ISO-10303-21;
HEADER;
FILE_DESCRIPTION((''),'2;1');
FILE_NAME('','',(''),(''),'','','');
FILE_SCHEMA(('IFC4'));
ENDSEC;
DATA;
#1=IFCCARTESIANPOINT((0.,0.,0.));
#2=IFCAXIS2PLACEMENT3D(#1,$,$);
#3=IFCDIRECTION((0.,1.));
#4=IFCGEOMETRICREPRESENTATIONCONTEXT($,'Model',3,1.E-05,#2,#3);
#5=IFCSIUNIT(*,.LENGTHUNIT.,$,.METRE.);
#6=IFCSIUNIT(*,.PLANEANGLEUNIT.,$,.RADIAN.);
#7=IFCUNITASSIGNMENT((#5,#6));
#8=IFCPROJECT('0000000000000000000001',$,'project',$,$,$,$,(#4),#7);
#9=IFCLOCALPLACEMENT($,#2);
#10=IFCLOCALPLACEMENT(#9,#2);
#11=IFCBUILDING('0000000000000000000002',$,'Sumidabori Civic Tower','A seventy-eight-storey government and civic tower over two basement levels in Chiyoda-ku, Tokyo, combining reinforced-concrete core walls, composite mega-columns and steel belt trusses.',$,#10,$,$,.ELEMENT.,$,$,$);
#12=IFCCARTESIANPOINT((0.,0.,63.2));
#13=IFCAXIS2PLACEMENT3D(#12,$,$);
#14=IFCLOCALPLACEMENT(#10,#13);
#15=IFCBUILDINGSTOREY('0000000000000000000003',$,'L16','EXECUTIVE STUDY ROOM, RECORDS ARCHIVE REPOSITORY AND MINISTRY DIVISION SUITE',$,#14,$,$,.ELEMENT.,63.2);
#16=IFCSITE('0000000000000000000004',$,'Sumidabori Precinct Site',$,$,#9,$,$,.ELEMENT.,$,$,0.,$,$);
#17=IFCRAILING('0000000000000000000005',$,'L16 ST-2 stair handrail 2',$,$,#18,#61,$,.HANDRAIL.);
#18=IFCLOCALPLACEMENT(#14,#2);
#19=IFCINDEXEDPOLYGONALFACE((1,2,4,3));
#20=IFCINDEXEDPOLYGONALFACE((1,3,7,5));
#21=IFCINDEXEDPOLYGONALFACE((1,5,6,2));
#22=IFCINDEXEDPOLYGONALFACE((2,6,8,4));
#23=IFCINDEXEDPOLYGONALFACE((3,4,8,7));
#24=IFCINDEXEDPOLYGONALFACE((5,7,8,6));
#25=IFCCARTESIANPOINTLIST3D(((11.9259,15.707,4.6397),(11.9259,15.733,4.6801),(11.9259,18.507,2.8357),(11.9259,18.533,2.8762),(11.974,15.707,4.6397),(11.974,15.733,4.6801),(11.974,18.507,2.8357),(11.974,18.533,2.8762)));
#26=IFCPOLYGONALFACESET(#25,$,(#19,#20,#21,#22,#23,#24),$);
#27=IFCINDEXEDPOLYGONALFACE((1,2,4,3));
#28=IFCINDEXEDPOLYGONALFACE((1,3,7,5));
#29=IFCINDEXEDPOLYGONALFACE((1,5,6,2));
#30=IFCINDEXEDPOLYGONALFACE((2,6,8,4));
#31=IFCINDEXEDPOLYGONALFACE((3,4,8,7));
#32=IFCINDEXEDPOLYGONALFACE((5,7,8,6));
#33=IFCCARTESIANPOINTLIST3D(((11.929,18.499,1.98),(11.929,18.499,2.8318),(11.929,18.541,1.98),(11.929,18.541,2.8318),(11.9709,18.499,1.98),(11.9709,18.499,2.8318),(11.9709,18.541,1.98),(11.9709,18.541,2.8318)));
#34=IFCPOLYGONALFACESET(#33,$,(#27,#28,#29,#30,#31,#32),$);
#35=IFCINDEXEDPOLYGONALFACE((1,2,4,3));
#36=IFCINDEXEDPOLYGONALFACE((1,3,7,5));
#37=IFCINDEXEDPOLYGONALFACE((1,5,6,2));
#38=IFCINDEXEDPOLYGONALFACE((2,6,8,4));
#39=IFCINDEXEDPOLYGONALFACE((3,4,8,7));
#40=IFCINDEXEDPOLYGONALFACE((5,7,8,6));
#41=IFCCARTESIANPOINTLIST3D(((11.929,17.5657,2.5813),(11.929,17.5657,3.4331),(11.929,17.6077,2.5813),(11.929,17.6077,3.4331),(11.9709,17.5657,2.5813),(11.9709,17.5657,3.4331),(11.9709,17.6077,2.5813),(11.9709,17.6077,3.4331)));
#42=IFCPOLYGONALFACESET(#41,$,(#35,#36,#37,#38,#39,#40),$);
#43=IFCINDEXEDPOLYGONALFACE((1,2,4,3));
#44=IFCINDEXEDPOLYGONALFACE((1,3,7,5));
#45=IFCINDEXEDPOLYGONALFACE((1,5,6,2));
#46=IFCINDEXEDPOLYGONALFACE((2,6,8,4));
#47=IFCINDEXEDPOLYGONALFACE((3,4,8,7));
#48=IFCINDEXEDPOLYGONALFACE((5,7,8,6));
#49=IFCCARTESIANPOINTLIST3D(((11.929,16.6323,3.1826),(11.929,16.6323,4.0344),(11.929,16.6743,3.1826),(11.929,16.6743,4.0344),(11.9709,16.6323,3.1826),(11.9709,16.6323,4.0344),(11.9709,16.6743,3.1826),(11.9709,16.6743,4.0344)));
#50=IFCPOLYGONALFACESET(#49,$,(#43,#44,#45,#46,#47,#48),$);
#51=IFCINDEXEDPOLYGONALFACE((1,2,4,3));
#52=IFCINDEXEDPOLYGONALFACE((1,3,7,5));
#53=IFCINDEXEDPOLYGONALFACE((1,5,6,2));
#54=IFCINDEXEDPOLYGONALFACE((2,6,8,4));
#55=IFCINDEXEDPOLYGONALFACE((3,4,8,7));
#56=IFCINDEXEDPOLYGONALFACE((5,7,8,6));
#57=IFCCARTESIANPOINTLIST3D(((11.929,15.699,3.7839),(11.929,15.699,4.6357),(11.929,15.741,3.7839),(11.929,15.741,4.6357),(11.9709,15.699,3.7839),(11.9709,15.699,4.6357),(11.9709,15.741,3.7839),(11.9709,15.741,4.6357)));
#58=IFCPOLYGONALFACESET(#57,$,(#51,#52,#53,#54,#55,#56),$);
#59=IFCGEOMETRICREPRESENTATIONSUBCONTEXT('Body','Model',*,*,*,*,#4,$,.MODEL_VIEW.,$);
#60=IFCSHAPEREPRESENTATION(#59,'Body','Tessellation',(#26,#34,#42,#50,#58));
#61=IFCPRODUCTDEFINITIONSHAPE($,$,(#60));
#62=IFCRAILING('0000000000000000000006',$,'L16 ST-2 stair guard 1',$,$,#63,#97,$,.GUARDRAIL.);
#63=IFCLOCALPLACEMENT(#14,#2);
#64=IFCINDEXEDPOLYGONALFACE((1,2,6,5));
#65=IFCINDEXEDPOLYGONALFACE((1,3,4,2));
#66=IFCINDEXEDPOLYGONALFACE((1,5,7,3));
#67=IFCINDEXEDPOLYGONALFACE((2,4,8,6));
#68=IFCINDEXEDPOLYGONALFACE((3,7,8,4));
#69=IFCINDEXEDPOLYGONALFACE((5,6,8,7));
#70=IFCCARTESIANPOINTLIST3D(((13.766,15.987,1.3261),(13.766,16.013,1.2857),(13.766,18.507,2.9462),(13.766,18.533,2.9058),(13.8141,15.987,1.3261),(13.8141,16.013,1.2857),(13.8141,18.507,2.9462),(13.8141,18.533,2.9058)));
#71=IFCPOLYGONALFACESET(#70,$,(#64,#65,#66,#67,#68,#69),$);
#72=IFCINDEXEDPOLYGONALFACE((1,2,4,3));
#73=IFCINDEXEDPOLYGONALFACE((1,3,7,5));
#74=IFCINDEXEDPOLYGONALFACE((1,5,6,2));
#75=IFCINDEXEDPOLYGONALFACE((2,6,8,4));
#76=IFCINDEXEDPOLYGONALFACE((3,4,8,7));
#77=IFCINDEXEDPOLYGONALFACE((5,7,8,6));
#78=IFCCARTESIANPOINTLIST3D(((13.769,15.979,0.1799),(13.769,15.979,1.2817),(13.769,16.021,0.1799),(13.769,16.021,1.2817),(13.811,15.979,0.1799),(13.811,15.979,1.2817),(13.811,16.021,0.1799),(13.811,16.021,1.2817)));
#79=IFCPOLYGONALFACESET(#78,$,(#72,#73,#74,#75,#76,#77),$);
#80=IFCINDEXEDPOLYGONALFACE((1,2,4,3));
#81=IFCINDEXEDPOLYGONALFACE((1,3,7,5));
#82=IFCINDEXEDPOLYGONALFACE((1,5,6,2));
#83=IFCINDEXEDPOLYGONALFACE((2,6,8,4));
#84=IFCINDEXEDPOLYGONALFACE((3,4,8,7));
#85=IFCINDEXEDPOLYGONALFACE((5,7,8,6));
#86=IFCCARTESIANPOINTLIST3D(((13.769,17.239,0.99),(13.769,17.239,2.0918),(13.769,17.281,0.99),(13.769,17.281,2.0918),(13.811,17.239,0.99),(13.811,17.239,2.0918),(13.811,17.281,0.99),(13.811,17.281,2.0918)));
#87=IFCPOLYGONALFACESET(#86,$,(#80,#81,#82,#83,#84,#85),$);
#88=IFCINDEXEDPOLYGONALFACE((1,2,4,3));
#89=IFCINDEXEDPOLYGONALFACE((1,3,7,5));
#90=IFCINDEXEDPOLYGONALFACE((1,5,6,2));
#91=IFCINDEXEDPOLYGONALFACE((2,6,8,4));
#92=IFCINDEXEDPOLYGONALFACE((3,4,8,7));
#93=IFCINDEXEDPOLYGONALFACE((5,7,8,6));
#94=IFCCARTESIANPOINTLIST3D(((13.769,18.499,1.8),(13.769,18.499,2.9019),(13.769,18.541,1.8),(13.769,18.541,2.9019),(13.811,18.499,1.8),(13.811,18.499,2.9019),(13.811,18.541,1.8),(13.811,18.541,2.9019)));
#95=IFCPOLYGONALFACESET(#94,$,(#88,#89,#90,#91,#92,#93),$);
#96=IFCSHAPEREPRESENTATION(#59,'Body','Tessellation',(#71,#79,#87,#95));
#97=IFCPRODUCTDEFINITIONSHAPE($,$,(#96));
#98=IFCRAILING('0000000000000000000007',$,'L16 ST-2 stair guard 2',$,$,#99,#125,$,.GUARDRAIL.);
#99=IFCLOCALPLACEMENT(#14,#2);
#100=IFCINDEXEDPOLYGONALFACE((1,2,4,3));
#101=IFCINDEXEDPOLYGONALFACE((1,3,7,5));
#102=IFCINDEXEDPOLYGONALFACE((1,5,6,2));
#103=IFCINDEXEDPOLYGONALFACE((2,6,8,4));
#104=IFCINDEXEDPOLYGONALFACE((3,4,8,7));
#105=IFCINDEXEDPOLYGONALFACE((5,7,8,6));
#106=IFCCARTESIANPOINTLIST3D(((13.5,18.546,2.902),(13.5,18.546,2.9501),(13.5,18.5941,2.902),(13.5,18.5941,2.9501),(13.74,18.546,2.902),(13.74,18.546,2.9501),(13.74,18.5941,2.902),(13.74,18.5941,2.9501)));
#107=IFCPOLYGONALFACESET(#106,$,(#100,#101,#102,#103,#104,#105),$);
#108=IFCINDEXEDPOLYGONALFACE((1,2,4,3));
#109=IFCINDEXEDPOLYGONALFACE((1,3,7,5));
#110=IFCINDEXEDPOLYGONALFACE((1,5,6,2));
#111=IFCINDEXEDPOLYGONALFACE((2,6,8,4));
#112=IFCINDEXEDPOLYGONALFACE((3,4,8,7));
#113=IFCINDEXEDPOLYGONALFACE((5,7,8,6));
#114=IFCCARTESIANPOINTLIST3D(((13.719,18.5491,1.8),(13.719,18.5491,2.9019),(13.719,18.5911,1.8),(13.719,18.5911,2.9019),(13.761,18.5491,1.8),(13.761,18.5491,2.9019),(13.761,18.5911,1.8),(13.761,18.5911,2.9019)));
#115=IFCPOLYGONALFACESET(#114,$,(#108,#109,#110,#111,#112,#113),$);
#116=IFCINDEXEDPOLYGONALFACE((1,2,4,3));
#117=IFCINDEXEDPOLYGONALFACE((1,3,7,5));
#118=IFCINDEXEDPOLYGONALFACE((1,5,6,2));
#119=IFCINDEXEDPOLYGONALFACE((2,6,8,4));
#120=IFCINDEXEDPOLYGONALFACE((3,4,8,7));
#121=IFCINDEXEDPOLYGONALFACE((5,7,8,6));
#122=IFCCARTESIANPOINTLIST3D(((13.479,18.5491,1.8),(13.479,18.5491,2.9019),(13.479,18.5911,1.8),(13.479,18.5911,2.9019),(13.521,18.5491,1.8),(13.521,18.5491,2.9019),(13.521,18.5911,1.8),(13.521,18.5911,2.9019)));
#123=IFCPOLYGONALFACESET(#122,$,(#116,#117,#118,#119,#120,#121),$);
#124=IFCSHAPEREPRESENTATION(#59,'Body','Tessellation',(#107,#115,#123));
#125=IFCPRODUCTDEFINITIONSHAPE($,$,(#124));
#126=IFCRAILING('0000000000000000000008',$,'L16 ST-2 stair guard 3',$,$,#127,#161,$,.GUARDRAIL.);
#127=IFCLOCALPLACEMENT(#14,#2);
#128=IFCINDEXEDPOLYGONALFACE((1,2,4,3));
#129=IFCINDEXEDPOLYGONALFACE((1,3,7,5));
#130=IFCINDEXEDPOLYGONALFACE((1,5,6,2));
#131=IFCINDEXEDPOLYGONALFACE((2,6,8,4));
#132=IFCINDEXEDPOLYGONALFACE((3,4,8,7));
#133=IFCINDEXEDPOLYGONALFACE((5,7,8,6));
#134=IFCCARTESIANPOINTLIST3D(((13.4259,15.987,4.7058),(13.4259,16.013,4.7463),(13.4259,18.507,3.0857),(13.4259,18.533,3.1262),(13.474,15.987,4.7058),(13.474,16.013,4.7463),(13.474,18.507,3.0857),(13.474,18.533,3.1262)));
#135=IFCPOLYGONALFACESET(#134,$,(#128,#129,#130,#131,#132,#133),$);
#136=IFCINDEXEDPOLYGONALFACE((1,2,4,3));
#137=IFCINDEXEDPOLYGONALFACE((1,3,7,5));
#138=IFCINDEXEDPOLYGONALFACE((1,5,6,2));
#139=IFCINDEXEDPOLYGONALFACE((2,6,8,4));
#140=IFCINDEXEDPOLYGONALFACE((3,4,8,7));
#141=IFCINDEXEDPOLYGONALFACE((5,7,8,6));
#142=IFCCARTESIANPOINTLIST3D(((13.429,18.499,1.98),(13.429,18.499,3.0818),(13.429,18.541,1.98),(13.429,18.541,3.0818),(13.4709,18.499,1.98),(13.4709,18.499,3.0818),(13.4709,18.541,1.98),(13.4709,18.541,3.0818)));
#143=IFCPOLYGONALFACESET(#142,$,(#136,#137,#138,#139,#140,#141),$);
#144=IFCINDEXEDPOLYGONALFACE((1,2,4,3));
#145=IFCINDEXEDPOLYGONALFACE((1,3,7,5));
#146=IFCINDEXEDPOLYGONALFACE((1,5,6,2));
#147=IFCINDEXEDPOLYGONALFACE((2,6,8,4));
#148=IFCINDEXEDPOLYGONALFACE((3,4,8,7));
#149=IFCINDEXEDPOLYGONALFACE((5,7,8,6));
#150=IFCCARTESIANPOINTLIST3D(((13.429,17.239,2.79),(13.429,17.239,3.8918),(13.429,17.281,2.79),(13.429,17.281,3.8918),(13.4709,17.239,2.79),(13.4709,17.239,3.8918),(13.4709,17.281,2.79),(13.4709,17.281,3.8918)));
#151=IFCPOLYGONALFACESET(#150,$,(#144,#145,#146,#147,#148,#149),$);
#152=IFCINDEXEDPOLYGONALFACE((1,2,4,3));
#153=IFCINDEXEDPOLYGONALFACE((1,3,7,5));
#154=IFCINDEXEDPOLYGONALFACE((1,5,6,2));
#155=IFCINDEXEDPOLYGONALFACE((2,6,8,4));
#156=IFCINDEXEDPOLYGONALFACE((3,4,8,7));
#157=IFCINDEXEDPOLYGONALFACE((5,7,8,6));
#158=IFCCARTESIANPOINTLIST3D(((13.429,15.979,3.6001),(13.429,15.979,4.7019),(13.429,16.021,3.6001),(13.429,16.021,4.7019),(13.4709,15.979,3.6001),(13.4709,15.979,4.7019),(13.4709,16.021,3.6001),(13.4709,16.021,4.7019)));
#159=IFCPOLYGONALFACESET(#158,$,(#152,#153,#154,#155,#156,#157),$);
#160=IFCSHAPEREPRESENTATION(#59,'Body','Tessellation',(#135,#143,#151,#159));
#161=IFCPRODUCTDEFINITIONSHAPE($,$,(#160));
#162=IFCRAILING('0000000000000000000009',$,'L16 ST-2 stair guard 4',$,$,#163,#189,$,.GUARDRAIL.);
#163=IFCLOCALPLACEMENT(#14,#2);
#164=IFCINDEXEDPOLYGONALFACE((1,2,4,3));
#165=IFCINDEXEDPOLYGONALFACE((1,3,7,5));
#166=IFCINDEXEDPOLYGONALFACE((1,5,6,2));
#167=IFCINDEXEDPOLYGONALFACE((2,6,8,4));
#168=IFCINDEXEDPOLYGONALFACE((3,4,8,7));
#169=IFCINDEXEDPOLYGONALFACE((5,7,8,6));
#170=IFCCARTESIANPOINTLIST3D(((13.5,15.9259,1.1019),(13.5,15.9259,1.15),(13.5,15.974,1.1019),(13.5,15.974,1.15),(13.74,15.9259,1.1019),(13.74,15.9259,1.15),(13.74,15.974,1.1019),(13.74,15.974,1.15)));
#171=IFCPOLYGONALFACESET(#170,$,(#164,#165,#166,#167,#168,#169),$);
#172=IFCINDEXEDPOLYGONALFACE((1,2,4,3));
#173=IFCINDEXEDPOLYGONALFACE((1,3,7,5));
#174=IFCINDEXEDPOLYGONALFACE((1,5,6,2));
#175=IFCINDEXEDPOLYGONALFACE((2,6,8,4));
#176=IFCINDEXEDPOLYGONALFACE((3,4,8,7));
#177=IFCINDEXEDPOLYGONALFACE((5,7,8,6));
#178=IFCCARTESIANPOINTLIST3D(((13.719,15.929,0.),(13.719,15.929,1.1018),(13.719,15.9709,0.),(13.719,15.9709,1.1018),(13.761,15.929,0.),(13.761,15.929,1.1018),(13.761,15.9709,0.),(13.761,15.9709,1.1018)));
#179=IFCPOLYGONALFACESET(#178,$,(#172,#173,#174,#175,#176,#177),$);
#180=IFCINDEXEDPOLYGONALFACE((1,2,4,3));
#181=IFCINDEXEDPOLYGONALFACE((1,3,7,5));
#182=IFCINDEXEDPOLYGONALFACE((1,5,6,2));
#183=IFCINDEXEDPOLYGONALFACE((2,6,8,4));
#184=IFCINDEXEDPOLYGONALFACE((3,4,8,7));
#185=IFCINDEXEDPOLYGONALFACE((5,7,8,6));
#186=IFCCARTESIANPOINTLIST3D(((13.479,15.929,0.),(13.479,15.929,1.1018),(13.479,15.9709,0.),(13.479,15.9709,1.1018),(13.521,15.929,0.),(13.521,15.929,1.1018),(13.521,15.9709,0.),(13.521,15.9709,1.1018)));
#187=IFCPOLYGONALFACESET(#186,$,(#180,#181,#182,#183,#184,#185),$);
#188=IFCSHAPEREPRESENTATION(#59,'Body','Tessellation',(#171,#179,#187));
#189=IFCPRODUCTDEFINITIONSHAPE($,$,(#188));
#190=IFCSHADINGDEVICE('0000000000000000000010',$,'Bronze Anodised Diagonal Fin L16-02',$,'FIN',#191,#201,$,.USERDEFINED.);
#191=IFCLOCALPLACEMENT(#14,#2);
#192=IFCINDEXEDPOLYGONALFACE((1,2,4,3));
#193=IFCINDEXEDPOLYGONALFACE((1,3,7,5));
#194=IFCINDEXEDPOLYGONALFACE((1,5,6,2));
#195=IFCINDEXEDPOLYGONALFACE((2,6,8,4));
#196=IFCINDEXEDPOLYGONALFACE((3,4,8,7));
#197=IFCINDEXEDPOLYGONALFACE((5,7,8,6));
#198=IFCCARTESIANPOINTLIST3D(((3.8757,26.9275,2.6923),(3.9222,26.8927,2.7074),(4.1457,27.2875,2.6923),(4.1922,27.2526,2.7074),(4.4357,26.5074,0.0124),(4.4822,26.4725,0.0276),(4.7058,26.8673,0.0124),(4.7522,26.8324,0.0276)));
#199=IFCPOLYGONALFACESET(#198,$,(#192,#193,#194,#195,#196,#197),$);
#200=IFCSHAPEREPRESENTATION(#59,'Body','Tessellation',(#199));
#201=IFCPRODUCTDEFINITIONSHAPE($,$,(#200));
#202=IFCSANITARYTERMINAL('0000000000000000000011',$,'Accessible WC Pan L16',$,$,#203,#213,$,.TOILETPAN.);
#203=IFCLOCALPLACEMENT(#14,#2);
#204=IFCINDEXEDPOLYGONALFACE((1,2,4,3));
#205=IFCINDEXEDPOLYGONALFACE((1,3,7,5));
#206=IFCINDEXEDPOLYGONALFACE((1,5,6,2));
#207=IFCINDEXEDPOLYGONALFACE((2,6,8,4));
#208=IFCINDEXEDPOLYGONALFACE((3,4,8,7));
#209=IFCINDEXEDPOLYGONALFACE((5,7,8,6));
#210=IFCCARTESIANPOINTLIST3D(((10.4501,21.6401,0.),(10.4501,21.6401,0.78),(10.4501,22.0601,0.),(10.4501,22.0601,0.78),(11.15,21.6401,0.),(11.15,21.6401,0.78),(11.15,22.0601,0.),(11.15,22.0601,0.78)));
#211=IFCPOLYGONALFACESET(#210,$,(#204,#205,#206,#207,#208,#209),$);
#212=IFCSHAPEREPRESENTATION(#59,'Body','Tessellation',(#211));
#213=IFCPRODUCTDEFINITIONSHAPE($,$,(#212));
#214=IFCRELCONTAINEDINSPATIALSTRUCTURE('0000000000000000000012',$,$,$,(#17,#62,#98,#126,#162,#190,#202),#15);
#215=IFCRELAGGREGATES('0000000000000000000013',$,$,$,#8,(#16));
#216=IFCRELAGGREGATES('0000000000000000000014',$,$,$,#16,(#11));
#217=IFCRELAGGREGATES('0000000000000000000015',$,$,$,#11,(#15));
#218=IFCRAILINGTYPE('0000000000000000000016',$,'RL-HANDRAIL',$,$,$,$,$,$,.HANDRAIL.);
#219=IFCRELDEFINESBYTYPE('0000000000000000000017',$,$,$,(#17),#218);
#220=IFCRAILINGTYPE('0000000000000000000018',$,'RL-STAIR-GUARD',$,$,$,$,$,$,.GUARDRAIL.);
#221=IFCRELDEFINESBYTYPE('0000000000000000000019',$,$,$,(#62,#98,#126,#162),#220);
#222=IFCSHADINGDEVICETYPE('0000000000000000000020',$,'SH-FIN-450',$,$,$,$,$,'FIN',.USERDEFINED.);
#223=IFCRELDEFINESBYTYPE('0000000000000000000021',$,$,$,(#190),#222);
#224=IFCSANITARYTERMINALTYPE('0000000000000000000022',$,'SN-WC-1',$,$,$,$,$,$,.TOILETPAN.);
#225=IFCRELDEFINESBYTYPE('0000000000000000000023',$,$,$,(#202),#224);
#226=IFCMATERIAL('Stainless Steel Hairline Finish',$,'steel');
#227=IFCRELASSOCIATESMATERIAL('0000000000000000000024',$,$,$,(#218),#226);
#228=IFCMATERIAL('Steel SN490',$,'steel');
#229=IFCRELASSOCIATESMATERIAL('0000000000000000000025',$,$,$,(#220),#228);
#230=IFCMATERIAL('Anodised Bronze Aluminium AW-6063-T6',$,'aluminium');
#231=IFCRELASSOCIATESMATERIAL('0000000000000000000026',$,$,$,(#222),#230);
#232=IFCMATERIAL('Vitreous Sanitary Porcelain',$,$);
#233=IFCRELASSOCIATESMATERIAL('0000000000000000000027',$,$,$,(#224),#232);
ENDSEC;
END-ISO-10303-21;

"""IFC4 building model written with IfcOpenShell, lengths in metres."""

from ifc_helpers import new_model, si_unit, direction, frame, origin, origin_2d, place, context, subcontext, project, spatial, rectangle, extrude, source, transform, mapped, material, material_profile, profile_set, type_object, element, save


model = new_model("IFC4")

# Units and contexts
model_context = context("Model", 3, precision=1e-05, world=origin(), true_north=direction((0.0, 1.0)))
body_context = subcontext(model_context, "Body", "Model", "MODEL_VIEW")
ifc_project = project(units=[si_unit("LENGTHUNIT", "METRE"), si_unit("PLANEANGLEUNIT", "RADIAN")], contexts=[model_context])

# Site, building, storey
site_placement = place(None, origin())
site = spatial("IfcSite", under=ifc_project, at=site_placement, Name="Sumidabori Precinct Site", CompositionType="ELEMENT", RefElevation=0.0)
building_placement = place(site_placement, origin())
building = spatial("IfcBuilding", under=site, at=building_placement, Name="Sumidabori Civic Tower", Description="A seventy-eight-storey government and civic tower over two basement levels in Chiyoda-ku, Tokyo, combining reinforced-concrete core walls, composite mega-columns and steel belt trusses.", CompositionType="ELEMENT")
storey_placement = place(building_placement, frame((0.0, 0.0, 63.2)))
storey = spatial("IfcBuildingStorey", under=building, at=storey_placement, Name="L16", Description="EXECUTIVE STUDY ROOM, RECORDS ARCHIVE REPOSITORY AND MINISTRY DIVISION SUITE", CompositionType="ELEMENT", Elevation=63.2)

# Shared definitions
ifc_material_1 = material(Name="Steel SN490", Category="steel")

# Shared definitions
ifc_material_2 = material(Name="Anodised Bronze Aluminium AW-6063-T6", Category="aluminium")

# Railings
ifc_material_3 = material(Name="Stainless Steel Hairline Finish", Category="steel")
railing_type_1 = type_object("IfcRailingType", Name="RL-HANDRAIL", PredefinedType="HANDRAIL", material=ifc_material_3)
railing_1_placement = place(storey_placement, frame((11.95, 18.52, 1.98)))
element("IfcRailing", 1, at=railing_1_placement, inside=storey, type_object=railing_type_1, Name="L16 ST-2 stair handrail 2", PredefinedType="HANDRAIL", context=body_context, shape_type="SweptSolid", body=[
    extrude(rectangle(XDim=0.0481, YDim=0.0481, at=origin_2d()), frame((0.0, 0.0, 0.876), z_axis=(0.0, -0.840642, 0.541591), x_axis=(1.0, 0.0, 0.0)), (0.0, 0.0, 1.0), 3.3308),
    extrude(rectangle(XDim=0.042, YDim=0.042, at=origin_2d()), origin(), (0.0, 0.0, 1.0), 0.8518),
    extrude(rectangle(XDim=0.042, YDim=0.042, at=origin_2d()), frame((0.0, -0.9333, 0.6013)), (0.0, 0.0, 1.0), 0.8518),
    extrude(rectangle(XDim=0.042, YDim=0.042, at=origin_2d()), frame((0.0, -1.8667, 1.2026)), (0.0, 0.0, 1.0), 0.8518),
    extrude(rectangle(XDim=0.042, YDim=0.042, at=origin_2d()), frame((0.0, -2.8, 1.804)), (0.0, 0.0, 1.0), 0.8518),
])
railing_type_2 = type_object("IfcRailingType", Name="RL-STAIR-GUARD", PredefinedType="GUARDRAIL", material=ifc_material_1)
railing_2_placement = place(storey_placement, frame((13.79, 16.0, 0.1799)))
element("IfcRailing", 2, at=railing_2_placement, inside=storey, type_object=railing_type_2, Name="L16 ST-2 stair guard 1", PredefinedType="GUARDRAIL", context=body_context, shape_type="SweptSolid", body=[
    extrude(rectangle(XDim=0.0481, YDim=0.0481, at=origin_2d()), frame((0.0, 0.0, 1.126), z_axis=(0.0, 0.841163, 0.540782), x_axis=(-1.0, 0.0, 0.0)), (0.0, 0.0, 1.0), 2.9958),
    extrude(rectangle(XDim=0.042, YDim=0.042, at=origin_2d()), origin(), (0.0, 0.0, 1.0), 1.1018),
    extrude(rectangle(XDim=0.042, YDim=0.042, at=origin_2d()), frame((0.0, 1.26, 0.8101)), (0.0, 0.0, 1.0), 1.1018),
    extrude(rectangle(XDim=0.042, YDim=0.042, at=origin_2d()), frame((0.0, 2.52, 1.6201)), (0.0, 0.0, 1.0), 1.1018),
])
railing_3_placement = place(storey_placement, frame((13.74, 18.5701, 1.8)))
element("IfcRailing", 3, at=railing_3_placement, inside=storey, type_object=railing_type_2, Name="L16 ST-2 stair guard 2", PredefinedType="GUARDRAIL", context=body_context, shape_type="SweptSolid", body=[
    extrude(rectangle(XDim=0.0481, YDim=0.0481, at=origin_2d()), frame((0.0, 0.0, 1.126), z_axis=(-1.0, 0.0, 0.0), x_axis=(0.0, -1.0, 0.0)), (0.0, 0.0, 1.0), 0.24),
    extrude(rectangle(XDim=0.042, YDim=0.042, at=origin_2d()), origin(), (0.0, 0.0, 1.0), 1.1018),
    extrude(rectangle(XDim=0.042, YDim=0.042, at=origin_2d()), frame((-0.24, 0.0, 0.0)), (0.0, 0.0, 1.0), 1.1018),
])
railing_4_placement = place(storey_placement, frame((13.45, 18.52, 1.98)))
element("IfcRailing", 4, at=railing_4_placement, inside=storey, type_object=railing_type_2, Name="L16 ST-2 stair guard 3", PredefinedType="GUARDRAIL", context=body_context, shape_type="SweptSolid", body=[
    extrude(rectangle(XDim=0.0481, YDim=0.0481, at=origin_2d()), frame((0.0, 0.0, 1.126), z_axis=(0.0, -0.841163, 0.540782), x_axis=(1.0, 0.0, 0.0)), (0.0, 0.0, 1.0), 2.9958),
    extrude(rectangle(XDim=0.042, YDim=0.042, at=origin_2d()), origin(), (0.0, 0.0, 1.0), 1.1018),
    extrude(rectangle(XDim=0.042, YDim=0.042, at=origin_2d()), frame((0.0, -1.26, 0.8101)), (0.0, 0.0, 1.0), 1.1018),
    extrude(rectangle(XDim=0.042, YDim=0.042, at=origin_2d()), frame((0.0, -2.52, 1.6201)), (0.0, 0.0, 1.0), 1.1018),
])
railing_5_placement = place(storey_placement, frame((13.74, 15.95, 0.0)))
element("IfcRailing", 5, at=railing_5_placement, inside=storey, type_object=railing_type_2, Name="L16 ST-2 stair guard 4", PredefinedType="GUARDRAIL", context=body_context, shape_type="SweptSolid", body=[
    extrude(rectangle(XDim=0.0481, YDim=0.0481, at=origin_2d()), frame((0.0, 0.0, 1.126), z_axis=(-1.0, 0.0, 0.0), x_axis=(0.0, -1.0, 0.0)), (0.0, 0.0, 1.0), 0.24),
    extrude(rectangle(XDim=0.042, YDim=0.042, at=origin_2d()), origin(), (0.0, 0.0, 1.0), 1.1018),
    extrude(rectangle(XDim=0.042, YDim=0.042, at=origin_2d()), frame((-0.24, 0.0, 0.0)), (0.0, 0.0, 1.0), 1.1018),
])

# Shading device
ifc_material_profile_1 = material_profile(ifc_material_2, rectangle(XDim=0.0601, YDim=0.45, at=origin_2d()), Name="BRONZE FIN 450x60")
ifc_profile_set_1 = profile_set([ifc_material_profile_1], Name="Anodised Bronze Aluminium AW-6063-T6")
shading_device_type = type_object("IfcShadingDeviceType", Name="SH-FIN-450", ElementType="FIN", PredefinedType="USERDEFINED", material=ifc_profile_set_1)
shared_shape_1 = source(origin(), body_context, "Body", "SweptSolid", [
    extrude(rectangle(XDim=0.0601, YDim=0.45, at=origin_2d()), origin(), (0.0, 0.0, 1.0), 2.7698),
])
shading_device_placement = place(storey_placement, frame((4.594, 26.6699, 0.02), z_axis=(-0.202196, 0.151691, 0.967526), x_axis=(0.77394, -0.580624, 0.252771)))
element("IfcShadingDevice", 6, at=shading_device_placement, inside=storey, type_object=shading_device_type, Name="Bronze Anodised Diagonal Fin L16-02", ObjectType="FIN", PredefinedType="USERDEFINED", context=body_context, shape_type="MappedRepresentation", body=[
    mapped(shared_shape_1, transform((0.0, 0.0, 0.0), x_axis=(1.0, 0.0, 0.0), y_axis=(0.0, 1.0, 0.0), z_axis=(0.0, 0.0, 1.0), scale=1.0)),
])

# Sanitary terminal
ifc_material_4 = material(Name="Vitreous Sanitary Porcelain")
sanitary_terminal_type_1 = type_object("IfcSanitaryTerminalType", Name="SN-WC-1", PredefinedType="TOILETPAN", material=ifc_material_4)
shared_shape_2 = source(origin(), body_context, "Body", "SweptSolid", [
    extrude(rectangle(XDim=0.7, YDim=0.4199, at=origin_2d()), origin(), (0.0, 0.0, 1.0), 0.78),
])
sanitary_terminal_1_placement = place(storey_placement, frame((10.8, 21.8501, 0.0), z_axis=(0.0, 0.0, 1.0), x_axis=(1.0, 0.0, 0.0)))
element("IfcSanitaryTerminal", 7, at=sanitary_terminal_1_placement, inside=storey, type_object=sanitary_terminal_type_1, Name="Accessible WC Pan L16", PredefinedType="TOILETPAN", context=body_context, shape_type="MappedRepresentation", body=[
    mapped(shared_shape_2, transform((0.0, 0.0, 0.0), x_axis=(1.0, 0.0, 0.0), y_axis=(0.0, 1.0, 0.0), z_axis=(0.0, 0.0, 1.0), scale=1.0)),
])

save(model, "model.ifc")
